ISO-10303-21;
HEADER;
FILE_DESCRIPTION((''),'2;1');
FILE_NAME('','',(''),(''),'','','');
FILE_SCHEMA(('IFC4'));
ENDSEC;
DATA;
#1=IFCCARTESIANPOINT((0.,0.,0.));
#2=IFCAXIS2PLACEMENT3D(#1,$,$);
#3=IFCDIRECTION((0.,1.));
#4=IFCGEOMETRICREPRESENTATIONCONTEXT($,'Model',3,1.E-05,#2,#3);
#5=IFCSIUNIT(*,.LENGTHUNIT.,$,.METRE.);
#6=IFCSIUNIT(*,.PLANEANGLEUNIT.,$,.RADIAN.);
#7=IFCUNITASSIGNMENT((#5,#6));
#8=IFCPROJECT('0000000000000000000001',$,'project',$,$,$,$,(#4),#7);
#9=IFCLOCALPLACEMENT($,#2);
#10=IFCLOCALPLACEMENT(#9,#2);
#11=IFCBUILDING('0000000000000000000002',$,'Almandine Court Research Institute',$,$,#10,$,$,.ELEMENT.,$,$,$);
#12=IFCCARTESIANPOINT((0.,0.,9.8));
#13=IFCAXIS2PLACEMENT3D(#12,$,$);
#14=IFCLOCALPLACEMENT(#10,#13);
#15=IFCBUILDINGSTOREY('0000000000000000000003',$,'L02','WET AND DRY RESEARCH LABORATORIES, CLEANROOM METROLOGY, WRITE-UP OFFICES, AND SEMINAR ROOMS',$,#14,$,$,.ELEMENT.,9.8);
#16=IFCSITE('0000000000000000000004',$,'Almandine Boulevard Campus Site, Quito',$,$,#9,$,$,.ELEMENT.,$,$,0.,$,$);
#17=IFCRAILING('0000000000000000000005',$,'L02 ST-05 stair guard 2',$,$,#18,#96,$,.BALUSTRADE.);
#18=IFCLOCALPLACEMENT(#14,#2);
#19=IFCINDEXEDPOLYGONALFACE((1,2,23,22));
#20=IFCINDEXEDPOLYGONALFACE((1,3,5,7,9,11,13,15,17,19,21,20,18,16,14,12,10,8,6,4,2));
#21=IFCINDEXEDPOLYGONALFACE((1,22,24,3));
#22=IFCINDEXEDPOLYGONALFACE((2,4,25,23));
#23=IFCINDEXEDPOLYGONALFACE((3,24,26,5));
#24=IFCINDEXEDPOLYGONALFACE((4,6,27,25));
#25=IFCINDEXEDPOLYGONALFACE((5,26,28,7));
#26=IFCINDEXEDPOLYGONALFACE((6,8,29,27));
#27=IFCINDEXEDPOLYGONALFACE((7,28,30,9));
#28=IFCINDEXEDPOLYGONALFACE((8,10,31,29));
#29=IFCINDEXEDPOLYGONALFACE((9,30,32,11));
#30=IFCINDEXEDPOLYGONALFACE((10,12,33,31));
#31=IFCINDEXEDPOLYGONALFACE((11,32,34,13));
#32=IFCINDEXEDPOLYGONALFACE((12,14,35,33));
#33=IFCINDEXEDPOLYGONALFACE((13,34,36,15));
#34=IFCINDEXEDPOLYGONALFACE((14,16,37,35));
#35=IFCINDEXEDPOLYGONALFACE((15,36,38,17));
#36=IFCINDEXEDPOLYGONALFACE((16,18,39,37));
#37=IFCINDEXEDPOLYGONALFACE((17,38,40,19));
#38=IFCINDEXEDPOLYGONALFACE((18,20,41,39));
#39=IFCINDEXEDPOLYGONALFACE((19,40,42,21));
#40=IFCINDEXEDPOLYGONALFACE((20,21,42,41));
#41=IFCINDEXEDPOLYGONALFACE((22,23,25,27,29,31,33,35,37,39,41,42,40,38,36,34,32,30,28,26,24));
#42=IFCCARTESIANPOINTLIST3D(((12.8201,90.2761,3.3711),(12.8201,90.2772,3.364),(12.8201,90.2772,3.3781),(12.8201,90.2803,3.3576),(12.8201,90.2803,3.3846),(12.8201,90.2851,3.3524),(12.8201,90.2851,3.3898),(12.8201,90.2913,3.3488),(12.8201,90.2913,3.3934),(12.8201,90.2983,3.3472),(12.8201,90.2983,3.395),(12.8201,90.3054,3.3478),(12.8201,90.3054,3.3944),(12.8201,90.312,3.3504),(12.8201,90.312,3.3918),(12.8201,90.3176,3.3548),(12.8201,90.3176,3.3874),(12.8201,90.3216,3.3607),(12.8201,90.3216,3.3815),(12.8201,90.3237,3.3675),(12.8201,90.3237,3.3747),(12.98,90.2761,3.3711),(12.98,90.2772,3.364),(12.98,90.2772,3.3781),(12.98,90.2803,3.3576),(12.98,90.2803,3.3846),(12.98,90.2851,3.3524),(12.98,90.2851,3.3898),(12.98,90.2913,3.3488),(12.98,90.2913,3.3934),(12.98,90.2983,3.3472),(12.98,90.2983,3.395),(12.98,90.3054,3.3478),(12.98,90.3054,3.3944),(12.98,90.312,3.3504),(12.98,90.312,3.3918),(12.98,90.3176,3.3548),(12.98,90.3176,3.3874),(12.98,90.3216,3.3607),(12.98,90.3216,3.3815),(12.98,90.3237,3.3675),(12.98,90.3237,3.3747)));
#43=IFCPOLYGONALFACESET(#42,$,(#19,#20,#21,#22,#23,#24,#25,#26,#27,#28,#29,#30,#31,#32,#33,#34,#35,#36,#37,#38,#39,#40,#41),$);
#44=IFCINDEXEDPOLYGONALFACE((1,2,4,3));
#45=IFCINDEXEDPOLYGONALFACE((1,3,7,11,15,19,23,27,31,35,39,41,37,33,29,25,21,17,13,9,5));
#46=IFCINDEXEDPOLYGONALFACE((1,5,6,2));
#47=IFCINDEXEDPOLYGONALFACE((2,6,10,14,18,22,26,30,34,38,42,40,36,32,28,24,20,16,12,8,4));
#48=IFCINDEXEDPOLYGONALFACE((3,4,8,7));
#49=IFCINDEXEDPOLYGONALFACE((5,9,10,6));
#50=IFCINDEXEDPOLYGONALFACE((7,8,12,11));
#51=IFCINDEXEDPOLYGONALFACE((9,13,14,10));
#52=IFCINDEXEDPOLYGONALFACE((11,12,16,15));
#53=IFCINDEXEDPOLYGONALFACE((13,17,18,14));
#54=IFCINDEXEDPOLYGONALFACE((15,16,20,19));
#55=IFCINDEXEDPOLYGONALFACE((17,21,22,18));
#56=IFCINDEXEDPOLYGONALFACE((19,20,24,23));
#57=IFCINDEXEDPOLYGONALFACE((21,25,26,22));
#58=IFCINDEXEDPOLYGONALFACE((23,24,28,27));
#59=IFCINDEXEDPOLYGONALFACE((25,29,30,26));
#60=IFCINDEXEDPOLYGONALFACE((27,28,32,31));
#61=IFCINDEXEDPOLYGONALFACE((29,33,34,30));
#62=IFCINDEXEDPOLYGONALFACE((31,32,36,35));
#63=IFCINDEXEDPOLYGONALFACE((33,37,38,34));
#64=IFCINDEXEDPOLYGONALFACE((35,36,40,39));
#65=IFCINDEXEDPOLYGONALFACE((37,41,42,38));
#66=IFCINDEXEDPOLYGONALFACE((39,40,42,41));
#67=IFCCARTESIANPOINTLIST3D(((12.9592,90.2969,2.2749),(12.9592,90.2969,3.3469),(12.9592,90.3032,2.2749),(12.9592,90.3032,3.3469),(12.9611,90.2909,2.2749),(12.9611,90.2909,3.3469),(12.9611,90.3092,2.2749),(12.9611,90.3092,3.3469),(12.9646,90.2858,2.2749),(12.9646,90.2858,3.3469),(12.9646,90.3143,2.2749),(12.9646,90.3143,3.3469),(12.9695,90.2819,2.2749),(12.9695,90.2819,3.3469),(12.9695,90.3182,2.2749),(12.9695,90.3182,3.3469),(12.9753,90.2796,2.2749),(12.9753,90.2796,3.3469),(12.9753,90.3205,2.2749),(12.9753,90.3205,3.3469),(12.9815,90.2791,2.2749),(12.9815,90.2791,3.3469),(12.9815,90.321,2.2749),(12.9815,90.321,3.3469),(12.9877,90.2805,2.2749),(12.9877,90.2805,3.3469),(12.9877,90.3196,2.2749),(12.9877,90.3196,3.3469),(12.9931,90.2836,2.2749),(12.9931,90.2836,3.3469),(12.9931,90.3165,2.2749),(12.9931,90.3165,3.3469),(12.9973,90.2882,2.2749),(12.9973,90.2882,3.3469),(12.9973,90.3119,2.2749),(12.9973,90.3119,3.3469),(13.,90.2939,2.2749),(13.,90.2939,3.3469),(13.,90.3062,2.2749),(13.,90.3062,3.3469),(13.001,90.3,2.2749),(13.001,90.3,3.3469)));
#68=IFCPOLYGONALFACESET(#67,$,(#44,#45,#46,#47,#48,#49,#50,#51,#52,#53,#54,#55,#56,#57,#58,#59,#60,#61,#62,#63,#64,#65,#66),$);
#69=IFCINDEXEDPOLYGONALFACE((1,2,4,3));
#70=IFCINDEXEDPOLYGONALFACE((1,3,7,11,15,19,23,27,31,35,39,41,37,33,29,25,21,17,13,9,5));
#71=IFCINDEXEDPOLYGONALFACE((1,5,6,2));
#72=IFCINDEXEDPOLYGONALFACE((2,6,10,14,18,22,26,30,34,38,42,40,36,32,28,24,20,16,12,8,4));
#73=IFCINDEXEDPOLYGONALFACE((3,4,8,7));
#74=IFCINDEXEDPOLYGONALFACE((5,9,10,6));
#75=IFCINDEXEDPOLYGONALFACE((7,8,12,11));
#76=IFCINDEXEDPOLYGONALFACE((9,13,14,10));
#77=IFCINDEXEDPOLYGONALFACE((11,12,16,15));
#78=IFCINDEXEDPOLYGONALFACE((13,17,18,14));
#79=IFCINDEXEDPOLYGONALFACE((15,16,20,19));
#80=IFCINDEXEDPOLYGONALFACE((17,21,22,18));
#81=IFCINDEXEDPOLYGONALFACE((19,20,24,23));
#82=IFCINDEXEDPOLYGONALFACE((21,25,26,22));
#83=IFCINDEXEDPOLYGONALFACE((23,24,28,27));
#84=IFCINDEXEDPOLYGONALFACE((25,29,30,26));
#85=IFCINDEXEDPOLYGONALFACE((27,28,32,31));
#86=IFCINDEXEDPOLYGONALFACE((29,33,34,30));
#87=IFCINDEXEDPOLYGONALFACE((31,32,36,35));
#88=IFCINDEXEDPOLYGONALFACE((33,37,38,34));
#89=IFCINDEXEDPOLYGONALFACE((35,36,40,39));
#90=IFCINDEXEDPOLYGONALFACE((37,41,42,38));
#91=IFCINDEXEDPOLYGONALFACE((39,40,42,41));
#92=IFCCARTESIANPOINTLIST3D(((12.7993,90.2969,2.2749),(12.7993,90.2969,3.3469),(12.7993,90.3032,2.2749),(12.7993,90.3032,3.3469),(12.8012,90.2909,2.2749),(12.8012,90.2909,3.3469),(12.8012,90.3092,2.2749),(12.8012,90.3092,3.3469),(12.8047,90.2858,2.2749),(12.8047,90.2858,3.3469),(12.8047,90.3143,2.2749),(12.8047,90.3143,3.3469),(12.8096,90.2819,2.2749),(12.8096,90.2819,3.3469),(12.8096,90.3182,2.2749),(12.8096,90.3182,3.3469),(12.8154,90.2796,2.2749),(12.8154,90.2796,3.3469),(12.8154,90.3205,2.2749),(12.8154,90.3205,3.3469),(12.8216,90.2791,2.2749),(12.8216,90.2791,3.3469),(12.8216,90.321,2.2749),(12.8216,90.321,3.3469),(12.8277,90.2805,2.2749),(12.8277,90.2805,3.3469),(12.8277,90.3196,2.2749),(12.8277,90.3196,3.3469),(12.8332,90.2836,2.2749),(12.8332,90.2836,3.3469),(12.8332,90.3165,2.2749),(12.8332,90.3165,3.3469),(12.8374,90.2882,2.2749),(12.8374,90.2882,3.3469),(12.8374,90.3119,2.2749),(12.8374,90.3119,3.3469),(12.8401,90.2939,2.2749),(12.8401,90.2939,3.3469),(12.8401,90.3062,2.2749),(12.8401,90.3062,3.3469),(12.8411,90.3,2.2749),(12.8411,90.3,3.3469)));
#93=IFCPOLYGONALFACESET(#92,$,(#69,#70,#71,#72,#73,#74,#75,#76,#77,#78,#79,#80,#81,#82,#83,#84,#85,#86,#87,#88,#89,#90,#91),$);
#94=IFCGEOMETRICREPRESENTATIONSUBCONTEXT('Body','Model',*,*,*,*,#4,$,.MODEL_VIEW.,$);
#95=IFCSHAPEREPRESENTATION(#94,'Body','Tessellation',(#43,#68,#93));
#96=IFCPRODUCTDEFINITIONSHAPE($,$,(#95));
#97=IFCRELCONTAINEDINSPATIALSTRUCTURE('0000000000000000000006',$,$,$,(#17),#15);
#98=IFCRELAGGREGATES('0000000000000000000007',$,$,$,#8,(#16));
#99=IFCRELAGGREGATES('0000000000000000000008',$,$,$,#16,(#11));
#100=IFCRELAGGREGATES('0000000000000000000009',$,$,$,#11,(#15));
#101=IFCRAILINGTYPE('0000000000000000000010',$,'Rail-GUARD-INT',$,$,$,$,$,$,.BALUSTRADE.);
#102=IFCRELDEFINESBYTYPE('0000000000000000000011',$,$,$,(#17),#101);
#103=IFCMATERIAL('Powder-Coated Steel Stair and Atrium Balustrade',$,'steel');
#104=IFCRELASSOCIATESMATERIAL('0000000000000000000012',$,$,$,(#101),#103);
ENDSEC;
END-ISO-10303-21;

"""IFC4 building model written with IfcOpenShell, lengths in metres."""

from ifc_helpers import new_model, si_unit, direction, frame, origin, origin_2d, place, context, subcontext, project, spatial, circle, extrude, material, type_object, element, save


model = new_model("IFC4")

# Units and contexts
model_context = context("Model", 3, precision=1e-05, world=origin(), true_north=direction((0.0, 1.0)))
body_context = subcontext(model_context, "Body", "Model", "MODEL_VIEW")
ifc_project = project(units=[si_unit("LENGTHUNIT", "METRE"), si_unit("PLANEANGLEUNIT", "RADIAN")], contexts=[model_context])

# Site, building, storey
site_placement = place(None, origin())
site = spatial("IfcSite", under=ifc_project, at=site_placement, Name="Almandine Boulevard Campus Site, Quito", CompositionType="ELEMENT", RefElevation=0.0)
building_placement = place(site_placement, origin())
building = spatial("IfcBuilding", under=site, at=building_placement, Name="Almandine Court Research Institute", CompositionType="ELEMENT")
storey_placement = place(building_placement, frame((0.0, 0.0, 9.8)))
storey = spatial("IfcBuildingStorey", under=building, at=storey_placement, Name="L02", Description="WET AND DRY RESEARCH LABORATORIES, CLEANROOM METROLOGY, WRITE-UP OFFICES, AND SEMINAR ROOMS", CompositionType="ELEMENT", Elevation=9.8)

# Railing
ifc_material_1 = material(Name="Powder-Coated Steel Stair and Atrium Balustrade", Category="steel")
railing_type_1 = type_object("IfcRailingType", Name="Rail-GUARD-INT", PredefinedType="BALUSTRADE", material=ifc_material_1)
railing_1_placement = place(storey_placement, frame((12.98, 90.3, 2.2749)))
element("IfcRailing", 1, at=railing_1_placement, inside=storey, type_object=railing_type_1, Name="L02 ST-05 stair guard 2", PredefinedType="BALUSTRADE", context=body_context, shape_type="SweptSolid", body=[
    extrude(circle(Radius=0.0239, at=origin_2d()), frame((0.0, 0.0, 1.0962), z_axis=(-1.0, 0.0, 0.0), x_axis=(0.0, -1.0, 0.0)), (0.0, 0.0, 1.0), 0.1599),
    extrude(circle(Radius=0.021, at=origin_2d()), origin(), (0.0, 0.0, 1.0), 1.072),
    extrude(circle(Radius=0.021, at=origin_2d()), frame((-0.1599, 0.0, 0.0)), (0.0, 0.0, 1.0), 1.072),
])

save(model, "model.ifc")
